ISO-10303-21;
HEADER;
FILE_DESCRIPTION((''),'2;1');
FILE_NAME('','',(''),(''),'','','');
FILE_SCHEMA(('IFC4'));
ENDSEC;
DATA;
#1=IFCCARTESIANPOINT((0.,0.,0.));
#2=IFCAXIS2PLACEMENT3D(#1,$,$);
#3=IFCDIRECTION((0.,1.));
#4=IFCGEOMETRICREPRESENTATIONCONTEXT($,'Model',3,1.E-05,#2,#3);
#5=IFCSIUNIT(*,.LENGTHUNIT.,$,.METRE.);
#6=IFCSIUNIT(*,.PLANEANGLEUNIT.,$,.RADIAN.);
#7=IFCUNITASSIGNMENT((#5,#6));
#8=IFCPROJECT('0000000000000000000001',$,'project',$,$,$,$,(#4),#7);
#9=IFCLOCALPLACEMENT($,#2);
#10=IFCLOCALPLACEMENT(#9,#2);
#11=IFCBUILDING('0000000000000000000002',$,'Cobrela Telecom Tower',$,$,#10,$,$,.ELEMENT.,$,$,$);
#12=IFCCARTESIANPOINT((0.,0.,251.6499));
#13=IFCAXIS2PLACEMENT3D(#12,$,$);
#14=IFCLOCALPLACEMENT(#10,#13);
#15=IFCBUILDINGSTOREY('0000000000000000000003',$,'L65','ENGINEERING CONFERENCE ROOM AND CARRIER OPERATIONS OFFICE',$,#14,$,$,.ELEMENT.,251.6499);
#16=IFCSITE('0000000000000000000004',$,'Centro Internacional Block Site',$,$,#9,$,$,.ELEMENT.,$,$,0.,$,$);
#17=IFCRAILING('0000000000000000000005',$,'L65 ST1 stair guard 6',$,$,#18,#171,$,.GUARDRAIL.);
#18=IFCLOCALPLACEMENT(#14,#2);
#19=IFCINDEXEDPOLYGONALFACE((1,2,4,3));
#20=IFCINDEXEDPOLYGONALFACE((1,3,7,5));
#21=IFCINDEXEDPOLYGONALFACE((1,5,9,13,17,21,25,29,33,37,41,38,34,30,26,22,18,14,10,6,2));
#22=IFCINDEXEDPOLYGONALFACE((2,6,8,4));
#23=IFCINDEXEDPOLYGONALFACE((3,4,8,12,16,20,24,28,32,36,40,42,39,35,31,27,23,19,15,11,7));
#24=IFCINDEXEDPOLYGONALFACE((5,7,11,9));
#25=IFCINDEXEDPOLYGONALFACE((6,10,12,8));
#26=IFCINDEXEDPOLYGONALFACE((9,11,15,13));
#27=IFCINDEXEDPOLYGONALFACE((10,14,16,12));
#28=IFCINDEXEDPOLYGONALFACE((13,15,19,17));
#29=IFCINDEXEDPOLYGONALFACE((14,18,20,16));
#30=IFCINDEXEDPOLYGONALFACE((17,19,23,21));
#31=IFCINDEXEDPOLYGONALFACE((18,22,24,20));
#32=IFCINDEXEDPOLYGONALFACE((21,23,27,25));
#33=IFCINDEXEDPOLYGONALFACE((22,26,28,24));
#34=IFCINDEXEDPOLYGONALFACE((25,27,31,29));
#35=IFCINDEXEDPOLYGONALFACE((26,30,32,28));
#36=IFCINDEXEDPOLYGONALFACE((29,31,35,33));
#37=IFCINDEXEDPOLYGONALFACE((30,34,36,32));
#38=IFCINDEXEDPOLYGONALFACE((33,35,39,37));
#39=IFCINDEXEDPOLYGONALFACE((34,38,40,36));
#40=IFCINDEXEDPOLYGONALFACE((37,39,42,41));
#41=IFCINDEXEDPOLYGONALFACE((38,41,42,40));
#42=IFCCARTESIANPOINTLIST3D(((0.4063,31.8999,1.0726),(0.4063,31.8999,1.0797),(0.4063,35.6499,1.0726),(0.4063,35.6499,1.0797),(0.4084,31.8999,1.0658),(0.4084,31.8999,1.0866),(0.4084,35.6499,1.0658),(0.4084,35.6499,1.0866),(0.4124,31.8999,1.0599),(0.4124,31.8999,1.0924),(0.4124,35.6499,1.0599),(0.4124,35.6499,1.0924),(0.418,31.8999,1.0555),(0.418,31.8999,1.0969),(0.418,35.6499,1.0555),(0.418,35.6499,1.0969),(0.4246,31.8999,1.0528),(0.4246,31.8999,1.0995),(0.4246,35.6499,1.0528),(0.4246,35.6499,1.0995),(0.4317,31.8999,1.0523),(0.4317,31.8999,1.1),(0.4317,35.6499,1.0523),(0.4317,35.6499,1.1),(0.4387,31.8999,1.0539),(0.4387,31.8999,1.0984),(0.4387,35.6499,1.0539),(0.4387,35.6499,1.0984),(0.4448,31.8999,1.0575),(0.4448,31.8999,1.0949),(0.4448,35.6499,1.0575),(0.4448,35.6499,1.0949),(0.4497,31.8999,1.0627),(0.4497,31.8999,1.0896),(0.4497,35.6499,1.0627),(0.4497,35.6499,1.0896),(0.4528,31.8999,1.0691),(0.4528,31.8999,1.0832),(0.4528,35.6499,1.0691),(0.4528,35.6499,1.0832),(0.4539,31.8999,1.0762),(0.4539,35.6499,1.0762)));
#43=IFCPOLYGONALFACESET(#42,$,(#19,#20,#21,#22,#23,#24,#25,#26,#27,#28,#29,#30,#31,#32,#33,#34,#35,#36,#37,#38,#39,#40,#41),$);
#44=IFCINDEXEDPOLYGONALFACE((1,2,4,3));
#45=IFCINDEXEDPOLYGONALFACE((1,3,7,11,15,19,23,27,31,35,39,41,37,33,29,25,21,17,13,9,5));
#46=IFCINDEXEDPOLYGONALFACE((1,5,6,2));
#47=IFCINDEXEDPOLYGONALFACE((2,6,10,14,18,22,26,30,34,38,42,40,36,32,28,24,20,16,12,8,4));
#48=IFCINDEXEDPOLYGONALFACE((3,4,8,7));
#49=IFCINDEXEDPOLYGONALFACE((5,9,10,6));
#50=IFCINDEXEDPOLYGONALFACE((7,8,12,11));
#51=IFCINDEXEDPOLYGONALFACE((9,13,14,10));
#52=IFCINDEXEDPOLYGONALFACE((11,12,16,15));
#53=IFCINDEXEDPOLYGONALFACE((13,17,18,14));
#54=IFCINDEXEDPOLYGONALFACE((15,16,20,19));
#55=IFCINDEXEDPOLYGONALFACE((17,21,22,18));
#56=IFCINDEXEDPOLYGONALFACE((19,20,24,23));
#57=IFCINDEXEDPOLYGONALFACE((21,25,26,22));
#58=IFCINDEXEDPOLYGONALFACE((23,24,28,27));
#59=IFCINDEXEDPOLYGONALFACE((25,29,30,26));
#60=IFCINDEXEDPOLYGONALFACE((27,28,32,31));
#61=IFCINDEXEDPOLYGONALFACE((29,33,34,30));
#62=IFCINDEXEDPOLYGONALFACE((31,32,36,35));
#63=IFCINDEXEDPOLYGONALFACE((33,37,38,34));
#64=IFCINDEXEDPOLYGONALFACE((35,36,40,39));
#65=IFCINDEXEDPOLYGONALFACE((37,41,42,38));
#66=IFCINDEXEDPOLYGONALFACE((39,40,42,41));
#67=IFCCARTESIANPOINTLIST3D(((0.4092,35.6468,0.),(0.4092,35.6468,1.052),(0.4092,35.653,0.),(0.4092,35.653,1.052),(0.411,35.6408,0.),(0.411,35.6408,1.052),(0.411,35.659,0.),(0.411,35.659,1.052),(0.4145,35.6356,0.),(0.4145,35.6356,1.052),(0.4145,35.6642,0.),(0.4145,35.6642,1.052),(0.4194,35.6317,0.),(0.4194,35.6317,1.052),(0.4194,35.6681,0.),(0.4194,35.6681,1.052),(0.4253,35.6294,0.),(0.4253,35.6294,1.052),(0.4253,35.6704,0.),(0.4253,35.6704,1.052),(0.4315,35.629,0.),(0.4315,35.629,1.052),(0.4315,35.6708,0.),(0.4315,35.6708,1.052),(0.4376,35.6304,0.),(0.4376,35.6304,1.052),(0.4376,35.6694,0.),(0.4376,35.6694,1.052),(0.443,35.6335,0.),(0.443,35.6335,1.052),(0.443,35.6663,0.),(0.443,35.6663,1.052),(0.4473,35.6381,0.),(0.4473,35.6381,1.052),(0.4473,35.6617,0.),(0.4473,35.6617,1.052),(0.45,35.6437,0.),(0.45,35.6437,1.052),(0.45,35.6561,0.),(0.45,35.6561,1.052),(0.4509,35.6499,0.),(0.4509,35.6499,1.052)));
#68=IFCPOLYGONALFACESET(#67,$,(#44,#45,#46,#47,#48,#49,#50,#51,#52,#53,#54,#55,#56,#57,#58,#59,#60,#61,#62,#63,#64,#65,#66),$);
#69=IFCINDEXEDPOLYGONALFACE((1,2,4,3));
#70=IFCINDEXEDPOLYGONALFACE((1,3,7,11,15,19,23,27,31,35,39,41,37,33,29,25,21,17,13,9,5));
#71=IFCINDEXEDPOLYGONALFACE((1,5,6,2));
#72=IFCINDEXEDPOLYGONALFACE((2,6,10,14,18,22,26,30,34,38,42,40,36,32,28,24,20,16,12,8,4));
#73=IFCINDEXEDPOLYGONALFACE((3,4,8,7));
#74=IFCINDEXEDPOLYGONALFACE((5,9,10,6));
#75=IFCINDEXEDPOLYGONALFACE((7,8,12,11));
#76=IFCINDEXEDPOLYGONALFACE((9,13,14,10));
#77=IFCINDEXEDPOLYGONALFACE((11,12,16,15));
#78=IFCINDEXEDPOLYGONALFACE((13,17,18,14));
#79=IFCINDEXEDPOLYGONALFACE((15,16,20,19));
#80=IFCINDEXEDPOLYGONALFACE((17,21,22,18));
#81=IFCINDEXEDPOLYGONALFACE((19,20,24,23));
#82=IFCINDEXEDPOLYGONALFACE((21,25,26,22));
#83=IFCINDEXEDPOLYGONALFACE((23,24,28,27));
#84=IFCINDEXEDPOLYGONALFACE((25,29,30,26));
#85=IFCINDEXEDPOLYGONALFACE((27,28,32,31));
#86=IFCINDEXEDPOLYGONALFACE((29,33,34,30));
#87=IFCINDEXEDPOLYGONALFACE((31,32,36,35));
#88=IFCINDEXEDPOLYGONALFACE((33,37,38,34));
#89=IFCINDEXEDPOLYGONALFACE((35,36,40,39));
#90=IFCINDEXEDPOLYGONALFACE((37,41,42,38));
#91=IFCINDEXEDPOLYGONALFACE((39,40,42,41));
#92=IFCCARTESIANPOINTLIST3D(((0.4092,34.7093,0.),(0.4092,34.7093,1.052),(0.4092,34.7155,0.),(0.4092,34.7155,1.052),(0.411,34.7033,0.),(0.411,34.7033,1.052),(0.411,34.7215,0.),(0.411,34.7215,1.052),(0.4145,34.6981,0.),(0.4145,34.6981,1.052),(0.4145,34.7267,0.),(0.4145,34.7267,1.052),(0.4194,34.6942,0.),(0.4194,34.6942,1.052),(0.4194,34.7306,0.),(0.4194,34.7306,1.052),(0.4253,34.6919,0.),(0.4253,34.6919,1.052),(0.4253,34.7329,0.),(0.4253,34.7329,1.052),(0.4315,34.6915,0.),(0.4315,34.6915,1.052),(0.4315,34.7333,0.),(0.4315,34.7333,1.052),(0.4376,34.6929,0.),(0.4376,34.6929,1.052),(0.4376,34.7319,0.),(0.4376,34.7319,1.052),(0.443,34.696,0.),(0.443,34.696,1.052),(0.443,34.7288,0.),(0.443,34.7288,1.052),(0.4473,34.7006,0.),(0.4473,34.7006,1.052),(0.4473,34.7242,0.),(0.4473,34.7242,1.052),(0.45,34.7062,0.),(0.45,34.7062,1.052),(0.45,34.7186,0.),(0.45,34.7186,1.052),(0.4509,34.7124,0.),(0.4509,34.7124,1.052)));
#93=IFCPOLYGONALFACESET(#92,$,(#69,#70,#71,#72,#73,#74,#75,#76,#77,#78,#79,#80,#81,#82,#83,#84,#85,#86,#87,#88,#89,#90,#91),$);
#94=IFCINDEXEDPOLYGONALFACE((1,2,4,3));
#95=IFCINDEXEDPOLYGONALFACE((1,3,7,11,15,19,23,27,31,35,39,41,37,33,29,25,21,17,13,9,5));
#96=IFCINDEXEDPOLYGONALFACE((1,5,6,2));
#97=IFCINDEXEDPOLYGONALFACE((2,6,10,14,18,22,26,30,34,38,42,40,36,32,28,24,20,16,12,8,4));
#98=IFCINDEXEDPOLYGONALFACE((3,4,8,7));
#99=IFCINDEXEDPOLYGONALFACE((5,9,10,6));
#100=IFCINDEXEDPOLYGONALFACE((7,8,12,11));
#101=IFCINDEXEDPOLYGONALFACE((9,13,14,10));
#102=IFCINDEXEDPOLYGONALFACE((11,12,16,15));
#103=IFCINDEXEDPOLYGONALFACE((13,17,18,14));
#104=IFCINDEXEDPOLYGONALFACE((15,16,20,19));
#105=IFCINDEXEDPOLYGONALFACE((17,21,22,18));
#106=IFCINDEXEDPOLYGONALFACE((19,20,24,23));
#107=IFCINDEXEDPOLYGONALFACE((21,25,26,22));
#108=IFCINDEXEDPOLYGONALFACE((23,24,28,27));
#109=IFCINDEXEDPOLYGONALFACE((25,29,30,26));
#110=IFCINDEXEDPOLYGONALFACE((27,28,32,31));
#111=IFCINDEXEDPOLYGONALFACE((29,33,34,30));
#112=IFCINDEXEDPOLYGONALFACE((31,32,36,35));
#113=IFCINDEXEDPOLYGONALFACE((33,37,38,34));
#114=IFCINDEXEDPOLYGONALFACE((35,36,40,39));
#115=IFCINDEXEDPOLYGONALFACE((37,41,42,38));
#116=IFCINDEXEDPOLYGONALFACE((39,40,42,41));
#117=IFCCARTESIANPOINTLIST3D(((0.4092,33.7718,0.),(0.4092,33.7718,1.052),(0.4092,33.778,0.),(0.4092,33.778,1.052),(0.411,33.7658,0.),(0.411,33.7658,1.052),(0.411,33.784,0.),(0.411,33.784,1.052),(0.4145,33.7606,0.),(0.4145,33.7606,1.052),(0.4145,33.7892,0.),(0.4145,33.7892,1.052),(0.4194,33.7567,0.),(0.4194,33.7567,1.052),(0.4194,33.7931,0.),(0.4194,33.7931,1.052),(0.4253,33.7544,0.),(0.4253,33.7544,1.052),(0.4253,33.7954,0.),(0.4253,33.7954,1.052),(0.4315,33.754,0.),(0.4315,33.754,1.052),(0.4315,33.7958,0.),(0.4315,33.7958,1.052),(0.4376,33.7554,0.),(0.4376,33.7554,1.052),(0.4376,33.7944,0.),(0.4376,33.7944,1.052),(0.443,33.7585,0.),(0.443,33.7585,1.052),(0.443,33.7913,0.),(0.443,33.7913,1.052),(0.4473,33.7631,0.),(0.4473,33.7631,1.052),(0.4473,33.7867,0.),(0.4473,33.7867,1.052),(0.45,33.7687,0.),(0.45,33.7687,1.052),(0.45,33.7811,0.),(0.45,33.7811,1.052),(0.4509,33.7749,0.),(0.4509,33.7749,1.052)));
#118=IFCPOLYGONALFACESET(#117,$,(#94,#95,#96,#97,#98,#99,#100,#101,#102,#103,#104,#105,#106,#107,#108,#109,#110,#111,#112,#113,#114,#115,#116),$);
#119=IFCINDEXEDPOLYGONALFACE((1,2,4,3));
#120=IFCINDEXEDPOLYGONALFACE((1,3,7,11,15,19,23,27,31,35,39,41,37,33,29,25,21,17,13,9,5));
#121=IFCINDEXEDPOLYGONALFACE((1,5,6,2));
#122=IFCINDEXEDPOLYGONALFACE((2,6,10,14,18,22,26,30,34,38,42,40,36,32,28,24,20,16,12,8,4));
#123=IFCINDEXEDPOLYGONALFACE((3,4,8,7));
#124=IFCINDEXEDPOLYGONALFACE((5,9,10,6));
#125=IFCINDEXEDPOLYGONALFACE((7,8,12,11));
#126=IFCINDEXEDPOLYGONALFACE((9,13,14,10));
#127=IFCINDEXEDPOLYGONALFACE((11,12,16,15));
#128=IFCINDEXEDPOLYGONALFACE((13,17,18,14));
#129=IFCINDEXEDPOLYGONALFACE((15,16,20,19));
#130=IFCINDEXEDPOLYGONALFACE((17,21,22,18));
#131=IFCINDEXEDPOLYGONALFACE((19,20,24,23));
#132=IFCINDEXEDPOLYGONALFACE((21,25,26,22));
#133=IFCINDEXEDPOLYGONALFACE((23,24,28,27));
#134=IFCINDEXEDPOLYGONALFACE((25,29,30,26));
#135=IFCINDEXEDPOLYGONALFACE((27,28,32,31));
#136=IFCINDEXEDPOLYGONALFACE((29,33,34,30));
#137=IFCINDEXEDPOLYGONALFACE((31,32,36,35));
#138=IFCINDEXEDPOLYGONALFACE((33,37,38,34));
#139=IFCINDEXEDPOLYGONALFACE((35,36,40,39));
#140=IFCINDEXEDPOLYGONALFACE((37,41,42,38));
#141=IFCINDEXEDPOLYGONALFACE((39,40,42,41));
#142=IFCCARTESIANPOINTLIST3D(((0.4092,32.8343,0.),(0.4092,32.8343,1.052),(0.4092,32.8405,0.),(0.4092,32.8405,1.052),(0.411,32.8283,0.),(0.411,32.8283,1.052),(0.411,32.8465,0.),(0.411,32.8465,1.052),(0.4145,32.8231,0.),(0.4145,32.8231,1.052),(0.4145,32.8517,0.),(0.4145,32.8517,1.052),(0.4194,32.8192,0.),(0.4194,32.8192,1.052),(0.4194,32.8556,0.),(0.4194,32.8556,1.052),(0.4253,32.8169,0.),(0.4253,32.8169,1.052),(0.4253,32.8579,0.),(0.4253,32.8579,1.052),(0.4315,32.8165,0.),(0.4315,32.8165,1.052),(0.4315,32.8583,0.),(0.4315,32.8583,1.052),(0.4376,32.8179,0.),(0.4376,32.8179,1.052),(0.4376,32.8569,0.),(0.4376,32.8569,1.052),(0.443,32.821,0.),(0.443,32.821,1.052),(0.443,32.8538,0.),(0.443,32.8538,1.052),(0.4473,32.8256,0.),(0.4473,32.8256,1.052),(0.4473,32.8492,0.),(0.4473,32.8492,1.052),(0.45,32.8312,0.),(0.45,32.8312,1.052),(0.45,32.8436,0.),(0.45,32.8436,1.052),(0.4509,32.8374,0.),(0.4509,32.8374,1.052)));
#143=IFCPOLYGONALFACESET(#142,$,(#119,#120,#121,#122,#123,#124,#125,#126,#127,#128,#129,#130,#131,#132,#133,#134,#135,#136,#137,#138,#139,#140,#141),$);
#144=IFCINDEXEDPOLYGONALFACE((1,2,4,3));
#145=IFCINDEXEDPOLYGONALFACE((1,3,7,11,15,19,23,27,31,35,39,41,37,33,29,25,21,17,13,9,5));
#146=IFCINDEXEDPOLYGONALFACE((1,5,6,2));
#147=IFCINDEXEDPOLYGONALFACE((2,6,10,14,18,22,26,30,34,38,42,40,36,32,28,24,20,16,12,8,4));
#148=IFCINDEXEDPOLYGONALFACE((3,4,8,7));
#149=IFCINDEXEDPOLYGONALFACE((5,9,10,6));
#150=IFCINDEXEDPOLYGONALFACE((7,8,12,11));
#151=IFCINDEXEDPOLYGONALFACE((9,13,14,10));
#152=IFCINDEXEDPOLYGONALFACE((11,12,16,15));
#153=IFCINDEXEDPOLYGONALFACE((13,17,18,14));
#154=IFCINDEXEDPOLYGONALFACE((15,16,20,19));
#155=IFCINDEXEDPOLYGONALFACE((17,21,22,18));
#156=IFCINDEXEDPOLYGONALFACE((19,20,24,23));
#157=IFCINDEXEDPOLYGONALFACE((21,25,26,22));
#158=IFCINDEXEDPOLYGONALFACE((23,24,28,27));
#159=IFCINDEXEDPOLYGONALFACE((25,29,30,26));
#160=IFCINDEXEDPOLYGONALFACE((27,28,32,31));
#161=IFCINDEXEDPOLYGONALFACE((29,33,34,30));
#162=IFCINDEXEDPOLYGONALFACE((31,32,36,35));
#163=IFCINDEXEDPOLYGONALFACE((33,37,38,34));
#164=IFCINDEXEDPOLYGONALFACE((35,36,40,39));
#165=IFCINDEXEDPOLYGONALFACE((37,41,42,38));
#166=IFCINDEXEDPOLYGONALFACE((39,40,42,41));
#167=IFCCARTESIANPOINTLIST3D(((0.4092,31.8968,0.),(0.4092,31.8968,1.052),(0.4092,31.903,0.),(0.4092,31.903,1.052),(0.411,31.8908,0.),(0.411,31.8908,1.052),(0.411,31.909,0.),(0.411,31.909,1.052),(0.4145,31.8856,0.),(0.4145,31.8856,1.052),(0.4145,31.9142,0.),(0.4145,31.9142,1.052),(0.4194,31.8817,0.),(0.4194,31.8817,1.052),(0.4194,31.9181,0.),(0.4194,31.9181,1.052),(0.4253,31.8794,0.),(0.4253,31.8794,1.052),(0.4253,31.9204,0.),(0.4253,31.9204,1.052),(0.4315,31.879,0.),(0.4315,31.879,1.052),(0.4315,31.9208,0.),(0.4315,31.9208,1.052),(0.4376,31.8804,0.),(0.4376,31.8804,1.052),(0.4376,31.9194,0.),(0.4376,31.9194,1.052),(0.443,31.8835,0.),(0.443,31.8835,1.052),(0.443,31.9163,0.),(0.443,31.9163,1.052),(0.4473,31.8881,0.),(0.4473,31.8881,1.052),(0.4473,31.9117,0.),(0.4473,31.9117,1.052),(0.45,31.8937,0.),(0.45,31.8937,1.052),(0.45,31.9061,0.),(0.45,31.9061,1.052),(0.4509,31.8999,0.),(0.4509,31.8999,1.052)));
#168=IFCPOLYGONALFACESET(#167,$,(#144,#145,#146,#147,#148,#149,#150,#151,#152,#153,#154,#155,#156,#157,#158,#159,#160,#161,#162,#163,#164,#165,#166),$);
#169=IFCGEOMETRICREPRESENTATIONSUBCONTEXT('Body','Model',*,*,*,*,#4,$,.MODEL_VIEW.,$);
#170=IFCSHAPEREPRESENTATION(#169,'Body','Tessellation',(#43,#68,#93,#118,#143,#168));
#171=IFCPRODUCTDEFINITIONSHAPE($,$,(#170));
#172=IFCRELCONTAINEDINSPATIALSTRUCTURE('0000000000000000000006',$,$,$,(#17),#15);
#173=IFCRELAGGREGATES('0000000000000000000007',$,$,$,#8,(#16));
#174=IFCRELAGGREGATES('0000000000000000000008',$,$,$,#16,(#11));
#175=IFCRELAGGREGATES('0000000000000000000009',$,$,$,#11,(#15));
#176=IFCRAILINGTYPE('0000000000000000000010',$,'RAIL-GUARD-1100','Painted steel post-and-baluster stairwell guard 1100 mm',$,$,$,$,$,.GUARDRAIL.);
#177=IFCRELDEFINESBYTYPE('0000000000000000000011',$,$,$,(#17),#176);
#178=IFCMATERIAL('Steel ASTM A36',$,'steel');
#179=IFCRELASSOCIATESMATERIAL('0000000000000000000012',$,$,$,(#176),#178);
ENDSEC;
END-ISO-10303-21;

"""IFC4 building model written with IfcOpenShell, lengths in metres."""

from ifc_helpers import new_model, si_unit, direction, frame, origin, origin_2d, place, context, subcontext, project, spatial, circle, extrude, material, type_object, element, save


model = new_model("IFC4")

# Units and contexts
model_context = context("Model", 3, precision=1e-05, world=origin(), true_north=direction((0.0, 1.0)))
body_context = subcontext(model_context, "Body", "Model", "MODEL_VIEW")
ifc_project = project(units=[si_unit("LENGTHUNIT", "METRE"), si_unit("PLANEANGLEUNIT", "RADIAN")], contexts=[model_context])

# Site, building, storey
site_placement = place(None, origin())
site = spatial("IfcSite", under=ifc_project, at=site_placement, Name="Centro Internacional Block Site", CompositionType="ELEMENT", RefElevation=0.0)
building_placement = place(site_placement, origin())
building = spatial("IfcBuilding", under=site, at=building_placement, Name="Cobrela Telecom Tower", CompositionType="ELEMENT")
storey_placement = place(building_placement, frame((0.0, 0.0, 251.6499)))
storey = spatial("IfcBuildingStorey", under=building, at=storey_placement, Name="L65", Description="ENGINEERING CONFERENCE ROOM AND CARRIER OPERATIONS OFFICE", CompositionType="ELEMENT", Elevation=251.6499)

# Shared definitions
ifc_material_1 = material(Name="Steel ASTM A36", Category="steel")

# Railing
railing_type_1 = type_object("IfcRailingType", Name="RAIL-GUARD-1100", Description="Painted steel post-and-baluster stairwell guard 1100 mm", PredefinedType="GUARDRAIL", material=ifc_material_1)
railing_1_placement = place(storey_placement, frame((0.4299, 35.6499, 0.0)))
element("IfcRailing", 1, at=railing_1_placement, inside=storey, type_object=railing_type_1, Name="L65 ST1 stair guard 6", PredefinedType="GUARDRAIL", context=body_context, shape_type="SweptSolid", body=[
    extrude(circle(Radius=0.0239, at=origin_2d()), frame((0.0, 0.0, 1.0762), z_axis=(0.0, -1.0, 0.0), x_axis=(1.0, 0.0, 0.0)), (0.0, 0.0, 1.0), 3.75),
    extrude(circle(Radius=0.021, at=origin_2d()), origin(), (0.0, 0.0, 1.0), 1.052),
    extrude(circle(Radius=0.021, at=origin_2d()), frame((0.0, -0.9375, 0.0)), (0.0, 0.0, 1.0), 1.052),
    extrude(circle(Radius=0.021, at=origin_2d()), frame((0.0, -1.875, 0.0)), (0.0, 0.0, 1.0), 1.052),
    extrude(circle(Radius=0.021, at=origin_2d()), frame((0.0, -2.8125, 0.0)), (0.0, 0.0, 1.0), 1.052),
    extrude(circle(Radius=0.021, at=origin_2d()), frame((0.0, -3.75, 0.0)), (0.0, 0.0, 1.0), 1.052),
])

save(model, "model.ifc")
